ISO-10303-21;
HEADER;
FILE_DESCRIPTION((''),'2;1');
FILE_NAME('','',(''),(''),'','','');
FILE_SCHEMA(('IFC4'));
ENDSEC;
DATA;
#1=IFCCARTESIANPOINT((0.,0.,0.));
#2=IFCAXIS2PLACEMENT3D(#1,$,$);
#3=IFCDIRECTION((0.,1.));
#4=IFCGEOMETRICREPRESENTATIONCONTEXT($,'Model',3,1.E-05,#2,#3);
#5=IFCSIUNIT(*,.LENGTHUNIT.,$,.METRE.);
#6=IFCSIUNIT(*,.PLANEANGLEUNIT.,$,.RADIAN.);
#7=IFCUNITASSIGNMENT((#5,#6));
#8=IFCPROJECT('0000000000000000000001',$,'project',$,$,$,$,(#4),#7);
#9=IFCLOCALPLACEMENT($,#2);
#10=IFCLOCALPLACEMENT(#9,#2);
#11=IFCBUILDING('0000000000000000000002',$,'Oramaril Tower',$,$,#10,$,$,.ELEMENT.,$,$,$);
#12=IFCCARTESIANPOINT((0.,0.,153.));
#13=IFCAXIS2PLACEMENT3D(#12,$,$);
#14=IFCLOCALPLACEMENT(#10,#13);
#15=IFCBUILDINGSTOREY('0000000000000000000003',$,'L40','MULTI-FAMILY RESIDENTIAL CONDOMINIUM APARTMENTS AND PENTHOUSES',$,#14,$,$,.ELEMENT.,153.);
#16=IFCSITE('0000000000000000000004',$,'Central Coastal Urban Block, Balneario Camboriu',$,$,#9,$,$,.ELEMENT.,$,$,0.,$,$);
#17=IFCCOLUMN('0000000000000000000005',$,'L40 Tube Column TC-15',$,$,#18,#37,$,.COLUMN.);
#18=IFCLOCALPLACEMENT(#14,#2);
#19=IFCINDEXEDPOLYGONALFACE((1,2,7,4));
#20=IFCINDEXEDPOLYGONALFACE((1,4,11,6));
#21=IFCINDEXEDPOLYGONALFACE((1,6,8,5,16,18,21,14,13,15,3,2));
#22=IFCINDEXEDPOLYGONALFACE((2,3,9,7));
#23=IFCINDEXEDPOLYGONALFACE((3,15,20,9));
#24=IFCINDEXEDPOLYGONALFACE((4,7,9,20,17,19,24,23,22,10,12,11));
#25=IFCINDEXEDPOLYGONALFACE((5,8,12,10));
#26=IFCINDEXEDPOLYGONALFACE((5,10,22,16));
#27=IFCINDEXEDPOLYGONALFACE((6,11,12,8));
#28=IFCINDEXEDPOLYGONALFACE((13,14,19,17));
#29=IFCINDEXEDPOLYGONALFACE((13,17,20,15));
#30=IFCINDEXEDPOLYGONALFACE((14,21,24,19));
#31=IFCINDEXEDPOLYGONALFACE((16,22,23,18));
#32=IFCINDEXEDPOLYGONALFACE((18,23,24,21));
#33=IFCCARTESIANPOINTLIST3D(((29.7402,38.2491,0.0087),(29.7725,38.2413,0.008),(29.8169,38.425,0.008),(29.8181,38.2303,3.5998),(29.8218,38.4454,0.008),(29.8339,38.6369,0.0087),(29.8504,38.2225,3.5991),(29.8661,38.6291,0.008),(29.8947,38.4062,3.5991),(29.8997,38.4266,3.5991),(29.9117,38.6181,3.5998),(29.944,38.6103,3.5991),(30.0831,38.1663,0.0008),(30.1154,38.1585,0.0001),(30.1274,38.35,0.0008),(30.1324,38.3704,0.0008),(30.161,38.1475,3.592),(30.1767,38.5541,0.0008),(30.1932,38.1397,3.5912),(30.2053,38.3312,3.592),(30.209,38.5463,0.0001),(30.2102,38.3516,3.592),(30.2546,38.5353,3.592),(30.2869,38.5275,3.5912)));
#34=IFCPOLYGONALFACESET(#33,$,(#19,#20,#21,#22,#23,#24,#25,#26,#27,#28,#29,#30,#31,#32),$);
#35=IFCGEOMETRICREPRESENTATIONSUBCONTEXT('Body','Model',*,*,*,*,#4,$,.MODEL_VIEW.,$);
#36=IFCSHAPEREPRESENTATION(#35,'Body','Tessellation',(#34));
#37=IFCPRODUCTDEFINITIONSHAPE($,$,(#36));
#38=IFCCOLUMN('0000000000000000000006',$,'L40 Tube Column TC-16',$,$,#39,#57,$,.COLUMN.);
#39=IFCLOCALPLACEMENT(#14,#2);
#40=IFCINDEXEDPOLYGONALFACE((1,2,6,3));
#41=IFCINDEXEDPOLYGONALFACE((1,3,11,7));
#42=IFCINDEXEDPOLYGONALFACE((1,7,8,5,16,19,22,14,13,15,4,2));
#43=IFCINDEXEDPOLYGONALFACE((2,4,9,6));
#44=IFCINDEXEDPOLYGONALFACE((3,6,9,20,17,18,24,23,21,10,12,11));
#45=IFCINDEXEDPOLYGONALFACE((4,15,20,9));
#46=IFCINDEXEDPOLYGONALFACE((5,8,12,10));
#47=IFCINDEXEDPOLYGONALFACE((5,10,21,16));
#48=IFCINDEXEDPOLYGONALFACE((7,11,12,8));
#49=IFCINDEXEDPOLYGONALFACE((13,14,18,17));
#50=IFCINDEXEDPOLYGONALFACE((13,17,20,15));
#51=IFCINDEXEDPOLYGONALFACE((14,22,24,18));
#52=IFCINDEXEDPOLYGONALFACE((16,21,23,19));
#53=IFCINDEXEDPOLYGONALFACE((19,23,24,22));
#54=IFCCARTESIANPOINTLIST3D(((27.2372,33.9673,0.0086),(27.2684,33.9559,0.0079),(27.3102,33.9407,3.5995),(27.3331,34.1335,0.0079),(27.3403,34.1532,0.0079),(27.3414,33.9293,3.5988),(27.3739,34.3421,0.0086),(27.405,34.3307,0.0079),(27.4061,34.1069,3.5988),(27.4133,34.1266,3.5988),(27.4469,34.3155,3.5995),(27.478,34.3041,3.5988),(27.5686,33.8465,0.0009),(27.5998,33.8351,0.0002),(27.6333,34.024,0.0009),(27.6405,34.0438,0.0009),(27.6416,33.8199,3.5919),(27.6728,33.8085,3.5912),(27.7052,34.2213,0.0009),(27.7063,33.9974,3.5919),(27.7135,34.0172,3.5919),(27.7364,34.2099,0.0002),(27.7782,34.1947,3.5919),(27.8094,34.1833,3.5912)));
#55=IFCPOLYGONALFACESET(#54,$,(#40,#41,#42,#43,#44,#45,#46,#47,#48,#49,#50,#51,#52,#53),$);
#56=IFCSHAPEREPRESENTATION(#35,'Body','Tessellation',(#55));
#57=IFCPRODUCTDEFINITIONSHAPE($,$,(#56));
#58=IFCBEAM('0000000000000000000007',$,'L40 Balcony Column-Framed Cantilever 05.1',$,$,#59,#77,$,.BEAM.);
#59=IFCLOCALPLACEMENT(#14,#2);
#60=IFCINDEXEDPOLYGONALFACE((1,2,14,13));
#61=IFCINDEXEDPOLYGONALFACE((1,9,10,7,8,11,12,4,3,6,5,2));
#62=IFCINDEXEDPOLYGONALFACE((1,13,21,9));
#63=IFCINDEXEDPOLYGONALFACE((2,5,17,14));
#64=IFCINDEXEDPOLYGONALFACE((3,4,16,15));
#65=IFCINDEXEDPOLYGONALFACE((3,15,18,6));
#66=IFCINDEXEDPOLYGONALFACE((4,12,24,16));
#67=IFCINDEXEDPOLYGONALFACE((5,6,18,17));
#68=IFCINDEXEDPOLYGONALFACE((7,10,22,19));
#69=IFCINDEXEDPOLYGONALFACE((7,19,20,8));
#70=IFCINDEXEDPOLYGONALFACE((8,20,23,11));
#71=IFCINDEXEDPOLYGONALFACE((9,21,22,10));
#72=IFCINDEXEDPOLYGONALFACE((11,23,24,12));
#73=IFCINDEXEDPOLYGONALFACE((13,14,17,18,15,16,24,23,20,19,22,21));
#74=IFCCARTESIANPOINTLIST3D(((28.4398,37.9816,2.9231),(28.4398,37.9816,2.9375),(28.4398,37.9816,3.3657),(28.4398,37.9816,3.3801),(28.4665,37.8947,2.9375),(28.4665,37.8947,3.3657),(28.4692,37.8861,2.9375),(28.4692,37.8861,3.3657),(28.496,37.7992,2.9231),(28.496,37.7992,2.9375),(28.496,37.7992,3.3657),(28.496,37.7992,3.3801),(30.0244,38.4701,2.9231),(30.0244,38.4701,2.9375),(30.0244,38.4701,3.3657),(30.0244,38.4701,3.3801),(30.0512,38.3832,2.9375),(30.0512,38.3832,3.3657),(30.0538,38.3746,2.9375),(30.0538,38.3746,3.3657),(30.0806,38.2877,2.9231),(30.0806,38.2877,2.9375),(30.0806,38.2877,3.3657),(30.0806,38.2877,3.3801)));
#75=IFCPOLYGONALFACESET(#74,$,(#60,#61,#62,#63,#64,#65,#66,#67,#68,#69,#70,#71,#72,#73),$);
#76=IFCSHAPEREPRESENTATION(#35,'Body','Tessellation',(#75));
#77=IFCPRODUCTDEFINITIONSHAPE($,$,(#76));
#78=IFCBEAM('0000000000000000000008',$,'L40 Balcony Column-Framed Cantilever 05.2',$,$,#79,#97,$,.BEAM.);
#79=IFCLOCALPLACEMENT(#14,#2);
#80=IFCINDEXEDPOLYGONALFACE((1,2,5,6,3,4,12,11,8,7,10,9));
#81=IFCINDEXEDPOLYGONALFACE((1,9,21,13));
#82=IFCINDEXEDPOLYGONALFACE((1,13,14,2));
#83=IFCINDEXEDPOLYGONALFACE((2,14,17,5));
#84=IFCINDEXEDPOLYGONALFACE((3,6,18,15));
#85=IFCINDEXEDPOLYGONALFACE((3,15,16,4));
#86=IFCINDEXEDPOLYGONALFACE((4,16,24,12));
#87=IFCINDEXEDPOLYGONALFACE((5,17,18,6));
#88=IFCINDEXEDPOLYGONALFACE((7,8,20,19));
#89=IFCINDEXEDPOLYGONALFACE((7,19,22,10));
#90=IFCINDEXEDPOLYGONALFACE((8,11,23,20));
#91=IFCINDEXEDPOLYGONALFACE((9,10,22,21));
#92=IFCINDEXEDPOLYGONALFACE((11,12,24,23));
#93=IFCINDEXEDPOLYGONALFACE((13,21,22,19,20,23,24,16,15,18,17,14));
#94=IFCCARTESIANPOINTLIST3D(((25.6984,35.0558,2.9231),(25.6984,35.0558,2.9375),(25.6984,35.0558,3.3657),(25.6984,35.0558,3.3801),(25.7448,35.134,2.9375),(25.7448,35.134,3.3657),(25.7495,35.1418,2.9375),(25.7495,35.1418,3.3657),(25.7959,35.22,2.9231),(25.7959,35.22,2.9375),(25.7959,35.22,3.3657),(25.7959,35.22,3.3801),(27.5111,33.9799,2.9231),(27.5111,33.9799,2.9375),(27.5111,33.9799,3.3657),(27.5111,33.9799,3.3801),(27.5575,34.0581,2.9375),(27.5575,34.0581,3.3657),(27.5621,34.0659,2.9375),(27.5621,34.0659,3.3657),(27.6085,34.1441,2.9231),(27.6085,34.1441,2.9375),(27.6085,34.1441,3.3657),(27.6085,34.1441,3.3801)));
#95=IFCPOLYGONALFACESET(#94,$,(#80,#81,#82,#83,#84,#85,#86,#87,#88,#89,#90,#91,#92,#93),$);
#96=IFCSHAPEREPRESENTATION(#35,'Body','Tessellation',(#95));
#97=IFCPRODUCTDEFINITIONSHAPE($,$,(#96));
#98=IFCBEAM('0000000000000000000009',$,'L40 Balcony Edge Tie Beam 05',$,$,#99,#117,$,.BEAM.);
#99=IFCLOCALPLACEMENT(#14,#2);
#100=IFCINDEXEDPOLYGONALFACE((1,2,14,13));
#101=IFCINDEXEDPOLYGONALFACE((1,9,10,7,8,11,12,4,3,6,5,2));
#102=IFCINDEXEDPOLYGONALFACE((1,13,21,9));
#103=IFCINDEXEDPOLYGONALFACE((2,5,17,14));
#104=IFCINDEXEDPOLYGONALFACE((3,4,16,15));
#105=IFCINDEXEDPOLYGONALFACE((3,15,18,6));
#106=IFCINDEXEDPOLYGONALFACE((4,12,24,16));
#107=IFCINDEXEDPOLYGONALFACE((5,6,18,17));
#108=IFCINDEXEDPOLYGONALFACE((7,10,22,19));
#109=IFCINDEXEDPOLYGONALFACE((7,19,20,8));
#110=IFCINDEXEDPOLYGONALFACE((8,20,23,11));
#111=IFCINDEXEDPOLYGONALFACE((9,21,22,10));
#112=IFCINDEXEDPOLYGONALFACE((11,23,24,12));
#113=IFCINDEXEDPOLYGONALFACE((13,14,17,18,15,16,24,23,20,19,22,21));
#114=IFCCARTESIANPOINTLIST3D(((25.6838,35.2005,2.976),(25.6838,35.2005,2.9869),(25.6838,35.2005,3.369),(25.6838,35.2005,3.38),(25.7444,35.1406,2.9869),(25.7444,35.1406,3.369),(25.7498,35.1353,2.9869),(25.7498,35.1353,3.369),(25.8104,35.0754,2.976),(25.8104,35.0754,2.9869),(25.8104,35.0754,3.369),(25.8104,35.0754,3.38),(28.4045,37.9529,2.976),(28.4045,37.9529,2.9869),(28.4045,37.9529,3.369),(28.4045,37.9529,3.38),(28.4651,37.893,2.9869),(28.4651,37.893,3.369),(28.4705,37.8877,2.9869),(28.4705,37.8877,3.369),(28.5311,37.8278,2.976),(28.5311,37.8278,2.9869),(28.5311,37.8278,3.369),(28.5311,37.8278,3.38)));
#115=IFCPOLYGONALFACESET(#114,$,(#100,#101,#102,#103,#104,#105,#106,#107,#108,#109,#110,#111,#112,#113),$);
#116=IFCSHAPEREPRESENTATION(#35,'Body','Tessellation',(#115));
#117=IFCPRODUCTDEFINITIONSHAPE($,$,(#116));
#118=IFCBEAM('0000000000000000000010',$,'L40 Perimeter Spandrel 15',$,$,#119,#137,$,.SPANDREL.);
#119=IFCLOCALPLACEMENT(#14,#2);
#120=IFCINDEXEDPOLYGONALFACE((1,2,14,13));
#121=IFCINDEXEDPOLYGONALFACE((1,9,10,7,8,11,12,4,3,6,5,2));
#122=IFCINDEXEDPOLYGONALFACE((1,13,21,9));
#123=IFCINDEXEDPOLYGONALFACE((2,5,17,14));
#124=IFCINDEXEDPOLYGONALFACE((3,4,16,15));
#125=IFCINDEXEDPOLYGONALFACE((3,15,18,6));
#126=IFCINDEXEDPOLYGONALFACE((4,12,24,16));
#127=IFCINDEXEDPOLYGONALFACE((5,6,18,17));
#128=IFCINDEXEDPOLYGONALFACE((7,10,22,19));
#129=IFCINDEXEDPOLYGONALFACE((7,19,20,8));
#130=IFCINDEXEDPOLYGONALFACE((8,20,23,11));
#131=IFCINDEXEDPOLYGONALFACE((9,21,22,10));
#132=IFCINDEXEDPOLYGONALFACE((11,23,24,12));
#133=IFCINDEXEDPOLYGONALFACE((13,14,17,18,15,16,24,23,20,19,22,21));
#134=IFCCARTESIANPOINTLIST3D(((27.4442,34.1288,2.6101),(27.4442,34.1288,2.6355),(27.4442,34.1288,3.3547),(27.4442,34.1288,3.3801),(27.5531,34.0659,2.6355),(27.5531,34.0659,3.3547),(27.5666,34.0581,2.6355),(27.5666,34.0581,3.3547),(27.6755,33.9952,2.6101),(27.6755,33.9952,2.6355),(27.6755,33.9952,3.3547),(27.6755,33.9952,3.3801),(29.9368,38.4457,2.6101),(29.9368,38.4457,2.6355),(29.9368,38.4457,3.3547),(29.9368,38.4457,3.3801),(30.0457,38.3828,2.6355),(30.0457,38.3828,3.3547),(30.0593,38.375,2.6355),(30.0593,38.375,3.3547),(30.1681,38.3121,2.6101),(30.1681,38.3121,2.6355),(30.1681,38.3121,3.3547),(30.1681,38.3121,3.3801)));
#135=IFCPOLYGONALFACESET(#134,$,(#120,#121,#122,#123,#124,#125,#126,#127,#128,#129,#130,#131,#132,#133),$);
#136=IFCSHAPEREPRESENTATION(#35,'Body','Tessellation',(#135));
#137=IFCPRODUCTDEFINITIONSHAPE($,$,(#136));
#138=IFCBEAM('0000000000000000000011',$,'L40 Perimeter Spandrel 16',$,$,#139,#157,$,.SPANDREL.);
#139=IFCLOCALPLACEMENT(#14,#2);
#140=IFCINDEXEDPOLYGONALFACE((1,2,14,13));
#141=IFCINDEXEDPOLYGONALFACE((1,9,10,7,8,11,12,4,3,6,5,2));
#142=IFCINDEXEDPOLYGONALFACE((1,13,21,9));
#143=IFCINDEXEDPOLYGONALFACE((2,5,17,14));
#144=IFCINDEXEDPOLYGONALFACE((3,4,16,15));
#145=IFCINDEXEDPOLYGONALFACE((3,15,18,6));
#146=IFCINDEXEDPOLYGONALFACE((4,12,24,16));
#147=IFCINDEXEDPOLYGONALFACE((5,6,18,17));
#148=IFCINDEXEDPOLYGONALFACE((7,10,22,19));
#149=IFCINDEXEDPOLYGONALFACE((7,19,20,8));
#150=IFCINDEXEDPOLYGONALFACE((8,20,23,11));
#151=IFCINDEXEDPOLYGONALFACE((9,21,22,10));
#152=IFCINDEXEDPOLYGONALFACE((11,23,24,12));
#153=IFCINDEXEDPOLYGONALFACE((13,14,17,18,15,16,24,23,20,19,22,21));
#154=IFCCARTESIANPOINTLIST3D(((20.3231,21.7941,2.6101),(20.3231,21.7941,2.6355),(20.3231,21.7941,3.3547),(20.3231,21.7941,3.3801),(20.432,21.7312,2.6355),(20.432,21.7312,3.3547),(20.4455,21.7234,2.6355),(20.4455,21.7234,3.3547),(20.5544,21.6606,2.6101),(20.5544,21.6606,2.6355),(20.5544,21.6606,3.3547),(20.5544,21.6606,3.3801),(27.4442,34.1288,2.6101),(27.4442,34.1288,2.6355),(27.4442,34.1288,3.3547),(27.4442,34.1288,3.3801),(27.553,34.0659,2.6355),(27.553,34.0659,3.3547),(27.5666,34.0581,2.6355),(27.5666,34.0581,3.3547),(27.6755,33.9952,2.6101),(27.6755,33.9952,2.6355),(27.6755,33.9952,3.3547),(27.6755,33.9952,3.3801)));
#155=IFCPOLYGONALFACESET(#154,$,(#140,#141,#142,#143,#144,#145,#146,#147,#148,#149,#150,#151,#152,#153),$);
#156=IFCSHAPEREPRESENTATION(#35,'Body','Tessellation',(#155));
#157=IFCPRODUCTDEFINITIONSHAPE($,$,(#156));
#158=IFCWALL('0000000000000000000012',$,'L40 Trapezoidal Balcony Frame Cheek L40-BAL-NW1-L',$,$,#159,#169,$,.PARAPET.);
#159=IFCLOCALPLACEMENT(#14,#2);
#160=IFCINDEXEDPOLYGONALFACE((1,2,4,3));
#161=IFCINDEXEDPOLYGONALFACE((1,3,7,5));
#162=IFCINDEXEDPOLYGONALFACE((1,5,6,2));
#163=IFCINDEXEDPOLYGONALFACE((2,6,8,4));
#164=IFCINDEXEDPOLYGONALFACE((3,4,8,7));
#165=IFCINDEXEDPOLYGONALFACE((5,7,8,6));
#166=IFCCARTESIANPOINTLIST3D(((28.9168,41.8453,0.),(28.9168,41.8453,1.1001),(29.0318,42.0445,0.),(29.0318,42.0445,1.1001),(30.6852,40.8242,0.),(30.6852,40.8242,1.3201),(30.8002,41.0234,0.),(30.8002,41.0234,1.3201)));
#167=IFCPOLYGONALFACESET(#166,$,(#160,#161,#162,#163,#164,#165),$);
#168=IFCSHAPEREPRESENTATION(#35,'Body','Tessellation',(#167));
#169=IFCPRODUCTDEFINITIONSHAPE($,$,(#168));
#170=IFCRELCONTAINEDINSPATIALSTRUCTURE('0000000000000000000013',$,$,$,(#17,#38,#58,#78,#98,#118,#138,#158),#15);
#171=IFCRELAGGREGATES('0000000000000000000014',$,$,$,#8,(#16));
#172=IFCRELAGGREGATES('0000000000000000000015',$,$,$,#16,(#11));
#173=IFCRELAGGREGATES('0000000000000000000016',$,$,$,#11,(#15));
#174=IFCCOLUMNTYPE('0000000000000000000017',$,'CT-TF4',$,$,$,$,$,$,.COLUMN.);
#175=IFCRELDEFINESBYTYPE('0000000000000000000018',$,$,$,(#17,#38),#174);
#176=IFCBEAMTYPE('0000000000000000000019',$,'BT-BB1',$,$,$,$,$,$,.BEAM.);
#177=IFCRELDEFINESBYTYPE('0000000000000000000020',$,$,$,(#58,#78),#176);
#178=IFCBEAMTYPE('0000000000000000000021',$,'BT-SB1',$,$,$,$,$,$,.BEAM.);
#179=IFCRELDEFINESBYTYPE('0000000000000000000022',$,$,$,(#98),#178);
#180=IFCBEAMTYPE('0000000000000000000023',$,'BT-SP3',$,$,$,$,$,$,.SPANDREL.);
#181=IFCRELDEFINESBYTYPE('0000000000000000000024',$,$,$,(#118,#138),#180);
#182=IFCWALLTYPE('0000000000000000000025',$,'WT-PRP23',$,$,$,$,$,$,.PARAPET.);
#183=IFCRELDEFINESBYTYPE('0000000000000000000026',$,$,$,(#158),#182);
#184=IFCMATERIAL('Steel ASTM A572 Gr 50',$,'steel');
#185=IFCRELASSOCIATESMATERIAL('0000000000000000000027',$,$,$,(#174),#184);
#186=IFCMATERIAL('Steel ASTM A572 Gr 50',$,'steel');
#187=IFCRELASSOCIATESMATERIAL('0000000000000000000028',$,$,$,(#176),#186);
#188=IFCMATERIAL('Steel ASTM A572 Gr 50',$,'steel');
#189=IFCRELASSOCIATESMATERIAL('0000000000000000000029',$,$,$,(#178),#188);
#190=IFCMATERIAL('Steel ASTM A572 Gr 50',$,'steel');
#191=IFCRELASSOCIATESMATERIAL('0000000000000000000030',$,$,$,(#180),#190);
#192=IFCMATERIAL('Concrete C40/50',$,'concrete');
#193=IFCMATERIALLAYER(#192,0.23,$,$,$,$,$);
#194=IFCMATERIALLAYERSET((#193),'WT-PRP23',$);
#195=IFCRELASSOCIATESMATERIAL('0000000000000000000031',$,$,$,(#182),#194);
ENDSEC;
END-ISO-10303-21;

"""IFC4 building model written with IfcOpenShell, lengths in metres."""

from ifc_helpers import new_model, si_unit, direction, frame, origin, origin_2d, place, context, subcontext, project, spatial, polyline, i_section, outline, extrude, material, layer, layer_set, material_profile, profile_set, type_object, element, save


model = new_model("IFC4")

# Units and contexts
model_context = context("Model", 3, precision=1e-05, world=origin(), true_north=direction((0.0, 1.0)))
body_context = subcontext(model_context, "Body", "Model", "MODEL_VIEW")
ifc_project = project(units=[si_unit("LENGTHUNIT", "METRE"), si_unit("PLANEANGLEUNIT", "RADIAN")], contexts=[model_context])

# Site, building, storey
site_placement = place(None, origin())
site = spatial("IfcSite", under=ifc_project, at=site_placement, Name="Central Coastal Urban Block, Balneario Camboriu", CompositionType="ELEMENT", RefElevation=0.0)
building_placement = place(site_placement, origin())
building = spatial("IfcBuilding", under=site, at=building_placement, Name="Oramaril Tower", CompositionType="ELEMENT")
storey_placement = place(building_placement, frame((0.0, 0.0, 153.0)))
storey = spatial("IfcBuildingStorey", under=building, at=storey_placement, Name="L40", Description="MULTI-FAMILY RESIDENTIAL CONDOMINIUM APARTMENTS AND PENTHOUSES", CompositionType="ELEMENT", Elevation=153.0)

# Columns
ifc_material_1 = material(Name="Steel ASTM A572 Gr 50", Category="steel")
ifc_material_profile_1 = material_profile(ifc_material_1, i_section(OverallWidth=0.3989, OverallDepth=0.386, WebThickness=0.021, FlangeThickness=0.0332, at=origin_2d()), Name="W14X176")
ifc_profile_set_1 = profile_set([ifc_material_profile_1], Name="Steel ASTM A572 Gr 50")
column_type = type_object("IfcColumnType", Name="CT-TF4", PredefinedType="COLUMN", material=ifc_profile_set_1)
column_1_placement = place(storey_placement, frame((29.9746, 38.3977, 0.0044), z_axis=(0.021682, -0.005234, 0.999751), x_axis=(0.234641, 0.972082, 0.0)))
element("IfcColumn", 1, at=column_1_placement, inside=storey, type_object=column_type, Name="L40 Tube Column TC-15", PredefinedType="COLUMN", context=body_context, shape_type="SweptSolid", body=[
    extrude(i_section(OverallWidth=0.3989, OverallDepth=0.386, WebThickness=0.021, FlangeThickness=0.0332, at=origin_2d()), origin(), (0.0, 0.0, 1.0), 3.592),
])
column_2_placement = place(storey_placement, frame((27.4868, 34.0886, 0.0044), z_axis=(0.020323, -0.007409, 0.999766), x_axis=(0.3425, 0.939518, 0.0)))
element("IfcColumn", 2, at=column_2_placement, inside=storey, type_object=column_type, Name="L40 Tube Column TC-16", PredefinedType="COLUMN", context=body_context, shape_type="SweptSolid", body=[
    extrude(i_section(OverallWidth=0.3989, OverallDepth=0.386, WebThickness=0.021, FlangeThickness=0.0332, at=origin_2d()), origin(), (0.0, 0.0, 1.0), 3.5918),
])

# Beams
ifc_material_2 = material(Name="Steel ASTM A572 Gr 50", Category="steel")
ifc_material_profile_2 = material_profile(ifc_material_2, i_section(OverallWidth=0.1909, OverallDepth=0.457, WebThickness=0.009, FlangeThickness=0.0144, at=origin_2d()), Name="W18X50")
ifc_profile_set_2 = profile_set([ifc_material_profile_2], Name="Steel ASTM A572 Gr 50")
beam_type_1 = type_object("IfcBeamType", Name="BT-BB1", PredefinedType="BEAM", material=ifc_profile_set_2)
beam_1_placement = place(storey_placement, frame((30.0525, 38.3789, 3.1516), z_axis=(-0.955623, -0.294593, 0.0), x_axis=(0.294593, -0.955623, 0.0)))
element("IfcBeam", 3, at=beam_1_placement, inside=storey, type_object=beam_type_1, Name="L40 Balcony Column-Framed Cantilever 05.1", PredefinedType="BEAM", context=body_context, shape_type="SweptSolid", body=[
    extrude(i_section(OverallWidth=0.1909, OverallDepth=0.457, WebThickness=0.009, FlangeThickness=0.0144, at=origin_2d()), origin(), (0.0, 0.0, 1.0), 1.6582),
])
beam_2_placement = place(storey_placement, frame((27.5598, 34.062, 3.1516), z_axis=(-0.859936, 0.510402, 0.0), x_axis=(-0.510402, -0.859936, 0.0)))
element("IfcBeam", 4, at=beam_2_placement, inside=storey, type_object=beam_type_1, Name="L40 Balcony Column-Framed Cantilever 05.2", PredefinedType="BEAM", context=body_context, shape_type="SweptSolid", body=[
    extrude(i_section(OverallWidth=0.1909, OverallDepth=0.457, WebThickness=0.009, FlangeThickness=0.0144, at=origin_2d()), origin(), (0.0, 0.0, 1.0), 2.1079),
])
ifc_material_3 = material(Name="Steel ASTM A572 Gr 50", Category="steel")
ifc_material_profile_3 = material_profile(ifc_material_3, i_section(OverallWidth=0.178, OverallDepth=0.4041, WebThickness=0.0076, FlangeThickness=0.011, at=origin_2d()), Name="W16X36")
ifc_profile_set_3 = profile_set([ifc_material_profile_3], Name="Steel ASTM A572 Gr 50")
beam_type_2 = type_object("IfcBeamType", Name="BT-SB1", PredefinedType="BEAM", material=ifc_profile_set_3)
beam_3_placement = place(storey_placement, frame((28.4678, 37.8904, 3.178), z_axis=(-0.702995, -0.711195, 0.0), x_axis=(0.711195, -0.702995, 0.0)))
element("IfcBeam", 5, at=beam_3_placement, inside=storey, type_object=beam_type_2, Name="L40 Balcony Edge Tie Beam 05", PredefinedType="BEAM", context=body_context, shape_type="SweptSolid", body=[
    extrude(i_section(OverallWidth=0.178, OverallDepth=0.4041, WebThickness=0.0076, FlangeThickness=0.011, at=origin_2d()), origin(), (0.0, 0.0, 1.0), 3.8701),
])
ifc_material_4 = material(Name="Steel ASTM A572 Gr 50", Category="steel")
ifc_material_profile_4 = material_profile(ifc_material_4, i_section(OverallWidth=0.2671, OverallDepth=0.77, WebThickness=0.0156, FlangeThickness=0.0254, at=origin_2d()), Name="W30X132")
ifc_profile_set_4 = profile_set([ifc_material_profile_4], Name="Steel ASTM A572 Gr 50")
beam_type_3 = type_object("IfcBeamType", Name="BT-SP3", PredefinedType="SPANDREL", material=ifc_profile_set_4)
beam_4_placement = place(storey_placement, frame((30.0525, 38.3789, 2.9951), z_axis=(-0.500047, -0.865998, 0.0), x_axis=(0.865998, -0.500047, 0.0)))
element("IfcBeam", 6, at=beam_4_placement, inside=storey, type_object=beam_type_3, Name="L40 Perimeter Spandrel 15", PredefinedType="SPANDREL", context=body_context, shape_type="SweptSolid", body=[
    extrude(i_section(OverallWidth=0.2671, OverallDepth=0.77, WebThickness=0.0156, FlangeThickness=0.0254, at=origin_2d()), origin(), (0.0, 0.0, 1.0), 4.9849),
])
beam_5_placement = place(storey_placement, frame((27.5598, 34.062, 2.9951), z_axis=(-0.499981, -0.866036, 0.0), x_axis=(0.866036, -0.499981, 0.0)))
element("IfcBeam", 7, at=beam_5_placement, inside=storey, type_object=beam_type_3, Name="L40 Perimeter Spandrel 16", PredefinedType="SPANDREL", context=body_context, shape_type="SweptSolid", body=[
    extrude(i_section(OverallWidth=0.2671, OverallDepth=0.77, WebThickness=0.0156, FlangeThickness=0.0254, at=origin_2d()), origin(), (0.0, 0.0, 1.0), 14.2427),
])

# Wall
ifc_material_5 = material(Name="Concrete C40/50", Category="concrete")
ifc_layer_1 = layer(ifc_material_5, 0.23)
ifc_layer_set_1 = layer_set([ifc_layer_1], Name="WT-PRP23")
wall_type = type_object("IfcWallType", Name="WT-PRP23", PredefinedType="PARAPET", material=ifc_layer_set_1)
wall_placement = place(storey_placement, frame((30.7427, 40.9238, 0.0), z_axis=(0.0, 0.0, 1.0), x_axis=(-0.866012, 0.500023, 0.0)))
element("IfcWall", 8, at=wall_placement, inside=storey, type_object=wall_type, Name="L40 Trapezoidal Balcony Frame Cheek L40-BAL-NW1-L", PredefinedType="PARAPET", context=body_context, shape_type="SweptSolid", body=[
    extrude(outline(polyline([(0.0, 0.0), (2.042, 0.0), (2.042, 1.1001), (0.0, 1.3201), (0.0, 0.0)])), frame((0.0, 0.115, 0.0), z_axis=(0.0, -1.0, 0.0), x_axis=(1.0, 0.0, 0.0)), (0.0, 0.0, 1.0), 0.23),
])

save(model, "model.ifc")
